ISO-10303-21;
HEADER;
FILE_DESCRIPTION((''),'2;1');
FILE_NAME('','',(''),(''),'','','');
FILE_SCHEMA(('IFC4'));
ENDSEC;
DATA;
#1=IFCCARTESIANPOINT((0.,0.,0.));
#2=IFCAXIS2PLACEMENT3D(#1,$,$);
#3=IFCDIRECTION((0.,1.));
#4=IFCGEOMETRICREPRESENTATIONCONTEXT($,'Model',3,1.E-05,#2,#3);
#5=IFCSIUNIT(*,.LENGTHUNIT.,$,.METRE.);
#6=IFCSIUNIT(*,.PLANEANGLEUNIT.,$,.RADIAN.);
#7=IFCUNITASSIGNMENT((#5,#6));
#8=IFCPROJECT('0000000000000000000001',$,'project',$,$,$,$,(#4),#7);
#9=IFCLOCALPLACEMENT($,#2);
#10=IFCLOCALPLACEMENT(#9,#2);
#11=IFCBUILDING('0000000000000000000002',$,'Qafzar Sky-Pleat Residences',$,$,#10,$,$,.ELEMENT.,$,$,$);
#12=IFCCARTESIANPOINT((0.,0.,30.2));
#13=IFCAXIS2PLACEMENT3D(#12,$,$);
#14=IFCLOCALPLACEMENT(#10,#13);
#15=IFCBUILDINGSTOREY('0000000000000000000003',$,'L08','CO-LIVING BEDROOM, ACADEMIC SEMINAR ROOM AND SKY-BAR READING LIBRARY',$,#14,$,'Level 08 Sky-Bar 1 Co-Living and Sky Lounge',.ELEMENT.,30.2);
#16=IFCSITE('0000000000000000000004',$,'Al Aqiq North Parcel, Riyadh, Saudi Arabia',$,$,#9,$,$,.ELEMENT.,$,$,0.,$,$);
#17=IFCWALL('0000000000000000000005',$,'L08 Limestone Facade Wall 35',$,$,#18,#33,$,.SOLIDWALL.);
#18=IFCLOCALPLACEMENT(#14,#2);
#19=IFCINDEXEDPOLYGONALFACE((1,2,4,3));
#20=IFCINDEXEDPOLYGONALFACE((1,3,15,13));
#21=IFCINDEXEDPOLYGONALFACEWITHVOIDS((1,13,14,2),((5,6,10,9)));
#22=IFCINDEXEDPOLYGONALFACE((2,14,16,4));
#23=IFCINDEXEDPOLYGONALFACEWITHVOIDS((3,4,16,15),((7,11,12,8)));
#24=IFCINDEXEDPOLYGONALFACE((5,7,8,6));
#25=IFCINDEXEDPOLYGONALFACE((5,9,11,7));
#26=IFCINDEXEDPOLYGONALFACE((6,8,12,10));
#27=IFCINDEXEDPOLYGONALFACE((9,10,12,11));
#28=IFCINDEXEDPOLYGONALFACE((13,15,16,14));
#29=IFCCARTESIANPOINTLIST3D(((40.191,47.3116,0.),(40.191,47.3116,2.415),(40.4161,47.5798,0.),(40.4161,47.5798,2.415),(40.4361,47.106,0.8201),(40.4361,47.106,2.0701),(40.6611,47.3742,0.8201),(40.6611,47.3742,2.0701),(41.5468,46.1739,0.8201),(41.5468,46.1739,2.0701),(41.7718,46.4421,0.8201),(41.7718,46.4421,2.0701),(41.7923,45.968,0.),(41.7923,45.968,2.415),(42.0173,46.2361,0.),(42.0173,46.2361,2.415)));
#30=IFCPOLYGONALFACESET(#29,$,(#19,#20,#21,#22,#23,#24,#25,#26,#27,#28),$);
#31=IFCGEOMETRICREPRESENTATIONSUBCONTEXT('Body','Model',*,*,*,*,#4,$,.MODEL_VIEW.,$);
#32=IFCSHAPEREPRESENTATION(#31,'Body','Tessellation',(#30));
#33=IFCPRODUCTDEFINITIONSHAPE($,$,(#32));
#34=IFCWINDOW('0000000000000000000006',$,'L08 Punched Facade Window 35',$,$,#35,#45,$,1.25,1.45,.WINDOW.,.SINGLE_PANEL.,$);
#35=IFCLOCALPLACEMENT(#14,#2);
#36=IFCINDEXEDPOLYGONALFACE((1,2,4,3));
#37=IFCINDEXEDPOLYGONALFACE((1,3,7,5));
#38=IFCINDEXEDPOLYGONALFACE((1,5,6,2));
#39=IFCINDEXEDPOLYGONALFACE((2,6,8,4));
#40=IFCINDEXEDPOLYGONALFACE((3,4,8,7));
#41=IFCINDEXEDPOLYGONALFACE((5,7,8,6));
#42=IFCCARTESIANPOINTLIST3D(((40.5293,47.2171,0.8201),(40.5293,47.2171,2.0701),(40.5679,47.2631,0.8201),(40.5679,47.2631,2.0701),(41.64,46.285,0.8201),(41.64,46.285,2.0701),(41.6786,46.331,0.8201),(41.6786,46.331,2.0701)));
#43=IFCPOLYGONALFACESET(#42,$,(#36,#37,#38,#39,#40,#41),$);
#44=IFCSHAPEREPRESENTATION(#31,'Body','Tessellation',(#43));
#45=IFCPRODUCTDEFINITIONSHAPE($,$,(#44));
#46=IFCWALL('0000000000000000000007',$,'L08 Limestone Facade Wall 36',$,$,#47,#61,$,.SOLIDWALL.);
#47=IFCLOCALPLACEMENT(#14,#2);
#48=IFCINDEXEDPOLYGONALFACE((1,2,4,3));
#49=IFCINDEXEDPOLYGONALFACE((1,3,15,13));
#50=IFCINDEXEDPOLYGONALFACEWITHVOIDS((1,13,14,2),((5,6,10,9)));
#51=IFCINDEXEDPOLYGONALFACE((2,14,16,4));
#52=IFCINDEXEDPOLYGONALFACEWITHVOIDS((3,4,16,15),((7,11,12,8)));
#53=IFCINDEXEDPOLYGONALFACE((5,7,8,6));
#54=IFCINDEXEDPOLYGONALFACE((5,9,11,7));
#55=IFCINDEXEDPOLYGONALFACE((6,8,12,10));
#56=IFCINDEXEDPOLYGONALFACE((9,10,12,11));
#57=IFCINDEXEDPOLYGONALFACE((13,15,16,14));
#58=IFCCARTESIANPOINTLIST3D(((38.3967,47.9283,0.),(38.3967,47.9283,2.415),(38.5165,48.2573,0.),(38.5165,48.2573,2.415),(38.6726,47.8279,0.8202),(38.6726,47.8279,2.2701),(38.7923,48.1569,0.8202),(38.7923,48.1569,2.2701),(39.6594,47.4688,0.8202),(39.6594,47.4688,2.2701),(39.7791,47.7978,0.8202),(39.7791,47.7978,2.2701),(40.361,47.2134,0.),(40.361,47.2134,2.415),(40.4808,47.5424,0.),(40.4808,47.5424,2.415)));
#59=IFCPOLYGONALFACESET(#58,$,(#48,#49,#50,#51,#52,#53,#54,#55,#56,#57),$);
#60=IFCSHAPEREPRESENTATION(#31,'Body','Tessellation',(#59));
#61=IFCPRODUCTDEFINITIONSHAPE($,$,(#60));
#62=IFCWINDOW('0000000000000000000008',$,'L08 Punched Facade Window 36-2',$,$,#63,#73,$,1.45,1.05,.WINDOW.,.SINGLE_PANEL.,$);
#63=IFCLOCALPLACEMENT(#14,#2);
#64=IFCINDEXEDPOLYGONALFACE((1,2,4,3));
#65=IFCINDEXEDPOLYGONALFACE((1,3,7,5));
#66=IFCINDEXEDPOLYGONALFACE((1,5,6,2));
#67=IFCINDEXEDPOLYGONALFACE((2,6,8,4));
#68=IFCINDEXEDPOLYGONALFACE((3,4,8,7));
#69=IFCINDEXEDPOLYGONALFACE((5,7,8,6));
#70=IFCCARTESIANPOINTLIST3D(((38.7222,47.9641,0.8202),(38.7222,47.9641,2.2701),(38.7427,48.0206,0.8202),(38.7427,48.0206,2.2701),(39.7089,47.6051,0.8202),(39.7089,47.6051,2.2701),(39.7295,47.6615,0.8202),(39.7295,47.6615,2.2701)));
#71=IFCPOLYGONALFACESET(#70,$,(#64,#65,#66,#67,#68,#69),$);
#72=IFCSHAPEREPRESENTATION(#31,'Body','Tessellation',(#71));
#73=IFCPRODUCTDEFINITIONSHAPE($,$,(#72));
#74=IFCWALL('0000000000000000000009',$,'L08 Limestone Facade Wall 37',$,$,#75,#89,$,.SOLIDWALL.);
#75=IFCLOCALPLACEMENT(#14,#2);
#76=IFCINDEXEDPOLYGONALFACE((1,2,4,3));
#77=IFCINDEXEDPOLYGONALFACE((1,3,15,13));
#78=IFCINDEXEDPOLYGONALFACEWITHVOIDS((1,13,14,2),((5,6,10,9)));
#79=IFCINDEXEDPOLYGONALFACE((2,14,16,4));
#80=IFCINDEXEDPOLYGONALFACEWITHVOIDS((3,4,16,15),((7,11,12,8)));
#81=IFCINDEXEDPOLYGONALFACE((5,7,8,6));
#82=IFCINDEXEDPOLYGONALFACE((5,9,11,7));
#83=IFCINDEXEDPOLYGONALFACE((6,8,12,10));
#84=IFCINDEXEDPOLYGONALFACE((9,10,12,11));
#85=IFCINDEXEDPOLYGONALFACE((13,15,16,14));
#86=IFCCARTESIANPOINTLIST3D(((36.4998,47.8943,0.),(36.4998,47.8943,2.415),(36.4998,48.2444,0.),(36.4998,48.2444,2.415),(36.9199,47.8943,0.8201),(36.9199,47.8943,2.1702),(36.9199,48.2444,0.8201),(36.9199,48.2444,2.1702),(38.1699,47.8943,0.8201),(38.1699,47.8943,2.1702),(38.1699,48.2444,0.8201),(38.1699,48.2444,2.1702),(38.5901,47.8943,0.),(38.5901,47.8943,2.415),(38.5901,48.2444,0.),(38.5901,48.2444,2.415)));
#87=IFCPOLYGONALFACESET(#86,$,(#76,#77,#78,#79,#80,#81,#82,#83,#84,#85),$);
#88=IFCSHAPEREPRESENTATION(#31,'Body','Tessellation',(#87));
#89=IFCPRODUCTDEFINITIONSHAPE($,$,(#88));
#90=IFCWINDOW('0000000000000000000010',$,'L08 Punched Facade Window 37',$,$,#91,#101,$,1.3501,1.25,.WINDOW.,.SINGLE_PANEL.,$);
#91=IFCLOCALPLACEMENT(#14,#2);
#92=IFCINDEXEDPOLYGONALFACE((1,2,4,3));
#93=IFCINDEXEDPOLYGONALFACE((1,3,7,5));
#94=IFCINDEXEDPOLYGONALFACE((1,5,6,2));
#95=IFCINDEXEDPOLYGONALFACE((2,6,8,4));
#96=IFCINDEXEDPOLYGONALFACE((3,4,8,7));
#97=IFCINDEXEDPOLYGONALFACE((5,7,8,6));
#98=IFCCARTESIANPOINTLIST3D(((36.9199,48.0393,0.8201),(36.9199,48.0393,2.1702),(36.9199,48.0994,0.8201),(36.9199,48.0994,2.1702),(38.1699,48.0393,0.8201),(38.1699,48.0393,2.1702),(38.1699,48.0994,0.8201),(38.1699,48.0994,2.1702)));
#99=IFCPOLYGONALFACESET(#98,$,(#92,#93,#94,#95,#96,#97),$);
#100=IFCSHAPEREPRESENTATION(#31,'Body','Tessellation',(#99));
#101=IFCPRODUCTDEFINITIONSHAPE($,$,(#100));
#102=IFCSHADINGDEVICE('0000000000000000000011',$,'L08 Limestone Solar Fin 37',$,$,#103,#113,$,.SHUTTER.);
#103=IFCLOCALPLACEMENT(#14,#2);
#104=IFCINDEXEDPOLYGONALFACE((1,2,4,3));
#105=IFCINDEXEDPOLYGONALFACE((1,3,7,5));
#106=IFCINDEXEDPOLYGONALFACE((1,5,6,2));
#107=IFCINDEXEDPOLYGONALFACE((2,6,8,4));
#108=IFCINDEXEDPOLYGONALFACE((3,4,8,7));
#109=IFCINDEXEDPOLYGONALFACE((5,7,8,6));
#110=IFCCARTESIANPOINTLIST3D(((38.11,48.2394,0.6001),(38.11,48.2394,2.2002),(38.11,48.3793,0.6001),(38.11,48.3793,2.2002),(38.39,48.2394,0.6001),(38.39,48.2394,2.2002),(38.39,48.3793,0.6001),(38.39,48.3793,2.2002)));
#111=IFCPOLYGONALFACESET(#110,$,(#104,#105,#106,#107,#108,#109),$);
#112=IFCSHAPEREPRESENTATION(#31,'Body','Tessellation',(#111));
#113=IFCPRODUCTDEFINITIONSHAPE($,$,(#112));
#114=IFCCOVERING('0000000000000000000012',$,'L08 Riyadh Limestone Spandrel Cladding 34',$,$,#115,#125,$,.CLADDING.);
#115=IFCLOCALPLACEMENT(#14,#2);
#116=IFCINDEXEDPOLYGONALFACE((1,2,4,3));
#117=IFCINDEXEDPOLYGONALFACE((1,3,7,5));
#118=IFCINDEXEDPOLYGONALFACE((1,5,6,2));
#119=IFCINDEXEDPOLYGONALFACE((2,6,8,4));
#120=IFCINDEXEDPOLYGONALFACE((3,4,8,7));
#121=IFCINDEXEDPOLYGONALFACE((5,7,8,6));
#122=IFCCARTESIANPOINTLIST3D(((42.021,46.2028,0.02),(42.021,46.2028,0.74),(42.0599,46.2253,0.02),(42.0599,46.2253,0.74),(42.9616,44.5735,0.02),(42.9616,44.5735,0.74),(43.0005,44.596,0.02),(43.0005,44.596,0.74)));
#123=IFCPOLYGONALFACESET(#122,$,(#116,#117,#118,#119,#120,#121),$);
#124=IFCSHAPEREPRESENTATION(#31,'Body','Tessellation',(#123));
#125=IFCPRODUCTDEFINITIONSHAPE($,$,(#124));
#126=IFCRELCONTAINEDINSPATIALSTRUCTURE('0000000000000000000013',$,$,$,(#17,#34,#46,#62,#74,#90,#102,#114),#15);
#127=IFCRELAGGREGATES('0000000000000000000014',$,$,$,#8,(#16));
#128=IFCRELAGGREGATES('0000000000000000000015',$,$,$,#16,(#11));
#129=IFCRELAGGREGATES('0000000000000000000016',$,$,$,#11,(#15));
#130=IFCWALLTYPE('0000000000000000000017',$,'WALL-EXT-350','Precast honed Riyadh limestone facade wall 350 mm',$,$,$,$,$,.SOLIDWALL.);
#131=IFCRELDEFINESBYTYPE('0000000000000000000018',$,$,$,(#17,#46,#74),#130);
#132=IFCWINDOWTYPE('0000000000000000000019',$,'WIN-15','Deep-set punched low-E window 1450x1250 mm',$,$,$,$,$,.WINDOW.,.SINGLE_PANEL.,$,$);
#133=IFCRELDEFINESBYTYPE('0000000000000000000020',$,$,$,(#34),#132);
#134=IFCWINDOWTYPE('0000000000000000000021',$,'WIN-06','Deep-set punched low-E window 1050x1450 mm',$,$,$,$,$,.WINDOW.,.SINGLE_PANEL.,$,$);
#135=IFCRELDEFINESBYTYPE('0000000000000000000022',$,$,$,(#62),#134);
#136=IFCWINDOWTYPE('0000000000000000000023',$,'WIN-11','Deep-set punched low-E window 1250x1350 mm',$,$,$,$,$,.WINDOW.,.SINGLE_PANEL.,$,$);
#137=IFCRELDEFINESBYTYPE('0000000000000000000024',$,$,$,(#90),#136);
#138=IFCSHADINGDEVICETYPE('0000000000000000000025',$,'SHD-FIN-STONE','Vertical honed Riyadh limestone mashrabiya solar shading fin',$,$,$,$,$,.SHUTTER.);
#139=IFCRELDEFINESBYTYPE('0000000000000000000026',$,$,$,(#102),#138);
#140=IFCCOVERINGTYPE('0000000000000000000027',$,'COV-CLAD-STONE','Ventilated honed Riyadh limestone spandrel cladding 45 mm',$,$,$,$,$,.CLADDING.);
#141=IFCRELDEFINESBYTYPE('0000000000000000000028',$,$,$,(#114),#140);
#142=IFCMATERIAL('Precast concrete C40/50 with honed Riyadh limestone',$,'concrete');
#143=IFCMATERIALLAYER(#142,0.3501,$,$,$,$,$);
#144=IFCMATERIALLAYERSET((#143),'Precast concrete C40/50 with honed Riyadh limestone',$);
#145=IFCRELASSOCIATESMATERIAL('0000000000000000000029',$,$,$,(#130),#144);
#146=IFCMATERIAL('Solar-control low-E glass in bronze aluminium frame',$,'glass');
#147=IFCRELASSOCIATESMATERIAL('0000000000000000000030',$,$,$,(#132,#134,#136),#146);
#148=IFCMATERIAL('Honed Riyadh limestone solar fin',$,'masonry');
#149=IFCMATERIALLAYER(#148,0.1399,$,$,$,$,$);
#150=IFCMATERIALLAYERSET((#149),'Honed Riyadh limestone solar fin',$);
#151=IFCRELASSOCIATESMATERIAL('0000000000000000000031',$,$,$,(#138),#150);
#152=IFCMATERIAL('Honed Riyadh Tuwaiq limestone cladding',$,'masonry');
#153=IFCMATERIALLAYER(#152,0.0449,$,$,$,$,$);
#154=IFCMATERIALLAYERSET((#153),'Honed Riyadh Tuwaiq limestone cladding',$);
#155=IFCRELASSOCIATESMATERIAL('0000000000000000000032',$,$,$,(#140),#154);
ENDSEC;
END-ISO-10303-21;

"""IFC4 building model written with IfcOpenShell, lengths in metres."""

from ifc_helpers import new_model, si_unit, direction, frame, frame_2d, origin, origin_2d, place, context, subcontext, project, spatial, rectangle, extrude, source, transform, mapped, material, layer, layer_set, type_object, element, fill, save


model = new_model("IFC4")

# Units and contexts
model_context = context("Model", 3, precision=1e-05, world=origin(), true_north=direction((0.0, 1.0)))
body_context = subcontext(model_context, "Body", "Model", "MODEL_VIEW")
ifc_project = project(units=[si_unit("LENGTHUNIT", "METRE"), si_unit("PLANEANGLEUNIT", "RADIAN")], contexts=[model_context])

# Site, building, storey
site_placement = place(None, origin())
site = spatial("IfcSite", under=ifc_project, at=site_placement, Name="Al Aqiq North Parcel, Riyadh, Saudi Arabia", CompositionType="ELEMENT", RefElevation=0.0)
building_placement = place(site_placement, origin())
building = spatial("IfcBuilding", under=site, at=building_placement, Name="Qafzar Sky-Pleat Residences", CompositionType="ELEMENT")
storey_placement = place(building_placement, frame((0.0, 0.0, 30.2)))
storey = spatial("IfcBuildingStorey", under=building, at=storey_placement, Name="L08", Description="CO-LIVING BEDROOM, ACADEMIC SEMINAR ROOM AND SKY-BAR READING LIBRARY", LongName="Level 08 Sky-Bar 1 Co-Living and Sky Lounge", CompositionType="ELEMENT", Elevation=30.2)

# Walls, openings, windows
ifc_material_1 = material(Name="Precast concrete C40/50 with honed Riyadh limestone", Category="concrete")
ifc_layer_1 = layer(ifc_material_1, 0.3501)
ifc_layer_set_1 = layer_set([ifc_layer_1], Name="Precast concrete C40/50 with honed Riyadh limestone")
wall_type_1 = type_object("IfcWallType", Name="WALL-EXT-350", Description="Precast honed Riyadh limestone facade wall 350 mm", PredefinedType="SOLIDWALL", material=ifc_layer_set_1)
ifc_material_2 = material(Name="Solar-control low-E glass in bronze aluminium frame", Category="glass")
window_type_1 = type_object("IfcWindowType", Name="WIN-15", Description="Deep-set punched low-E window 1450x1250 mm", PartitioningType="SINGLE_PANEL", PredefinedType="WINDOW", material=ifc_material_2)
shared_shape_1 = source(origin(), body_context, "Body", "SweptSolid", [
    extrude(rectangle(XDim=1.45, YDim=1.25, at=frame_2d((0.7251, 0.625))), frame((0.0, 0.03, 0.0), z_axis=(0.0, -1.0, 0.0), x_axis=(1.0, 0.0, 0.0)), (0.0, 0.0, 1.0), 0.0601),
])
wall_1_placement = place(storey_placement, frame((41.9048, 46.1021, 0.0), z_axis=(0.0, 0.0, 1.0), x_axis=(-0.766025, 0.642811, 0.0)))
wall_1 = element("IfcWall", 1, at=wall_1_placement, inside=storey, type_object=wall_type_1, Name="L08 Limestone Facade Wall 35", PredefinedType="SOLIDWALL", context=body_context, shape_type="SweptSolid", body=[
    extrude(rectangle(XDim=2.0903, YDim=0.3501, at=frame_2d((1.0452, 0.0))), origin(), (0.0, 0.0, 1.0), 2.415),
])
opening_1_placement = place(wall_1_placement, frame((0.3203, 0.0, 0.8201)))
opening_1 = element("IfcOpeningElement", 2, at=opening_1_placement, cuts=wall_1, PredefinedType="OPENING", context=body_context, shape_type="SweptSolid", body=[
    extrude(rectangle(XDim=1.45, YDim=1.25, at=frame_2d((0.7251, 0.625))), frame((0.0, 0.1851, 0.0), z_axis=(0.0, -1.0, 0.0), x_axis=(1.0, 0.0, 0.0)), (0.0, 0.0, 1.0), 0.3701),
])
window_1_placement = place(opening_1_placement, origin())
window_1 = element("IfcWindow", 3, at=window_1_placement, inside=storey, type_object=window_type_1, Name="L08 Punched Facade Window 35", OverallHeight=1.25, OverallWidth=1.45, PartitioningType="SINGLE_PANEL", PredefinedType="WINDOW", context=body_context, shape_type="MappedRepresentation", body=[
    mapped(shared_shape_1, transform((0.0, 0.0, 0.0), x_axis=(1.0, 0.0, 0.0), y_axis=(0.0, 1.0, 0.0), z_axis=(0.0, 0.0, 1.0), scale=1.0)),
])
fill(opening_1, window_1)
wall_2_placement = place(storey_placement, frame((40.4209, 47.3779, 0.0), z_axis=(0.0, 0.0, 1.0), x_axis=(-0.939712, 0.341968, 0.0)))
wall_2 = element("IfcWall", 4, at=wall_2_placement, inside=storey, type_object=wall_type_1, Name="L08 Limestone Facade Wall 36", PredefinedType="SOLIDWALL", context=body_context, shape_type="SweptSolid", body=[
    extrude(rectangle(XDim=2.0903, YDim=0.3501, at=frame_2d((1.0452, 0.0))), origin(), (0.0, 0.0, 1.0), 2.415),
])
opening_2_placement = place(wall_2_placement, frame((0.7468, 0.0, 0.8201)))
opening_2 = element("IfcOpeningElement", 5, at=opening_2_placement, cuts=wall_2, PredefinedType="OPENING", context=body_context, shape_type="SweptSolid", body=[
    extrude(rectangle(XDim=1.05, YDim=1.45, at=frame_2d((0.5249, 0.7251))), frame((0.0, 0.1851, 0.0), z_axis=(0.0, -1.0, 0.0), x_axis=(1.0, 0.0, 0.0)), (0.0, 0.0, 1.0), 0.3701),
])
window_type_2 = type_object("IfcWindowType", Name="WIN-06", Description="Deep-set punched low-E window 1050x1450 mm", PartitioningType="SINGLE_PANEL", PredefinedType="WINDOW", material=ifc_material_2)
shared_shape_2 = source(origin(), body_context, "Body", "SweptSolid", [
    extrude(rectangle(XDim=1.05, YDim=1.45, at=frame_2d((0.5249, 0.7251))), frame((0.0, 0.03, 0.0), z_axis=(0.0, -1.0, 0.0), x_axis=(1.0, 0.0, 0.0)), (0.0, 0.0, 1.0), 0.0601),
])
window_2_placement = place(opening_2_placement, origin())
window_2 = element("IfcWindow", 6, at=window_2_placement, inside=storey, type_object=window_type_2, Name="L08 Punched Facade Window 36-2", OverallHeight=1.45, OverallWidth=1.05, PartitioningType="SINGLE_PANEL", PredefinedType="WINDOW", context=body_context, shape_type="MappedRepresentation", body=[
    mapped(shared_shape_2, transform((0.0, 0.0, 0.0), x_axis=(1.0, 0.0, 0.0), y_axis=(0.0, 1.0, 0.0), z_axis=(0.0, 0.0, 1.0), scale=1.0)),
])
fill(opening_2, window_2)
wall_3_placement = place(storey_placement, frame((38.5901, 48.0693, 0.0), z_axis=(0.0, 0.0, 1.0), x_axis=(-1.0, 0.0, 0.0)))
wall_3 = element("IfcWall", 7, at=wall_3_placement, inside=storey, type_object=wall_type_1, Name="L08 Limestone Facade Wall 37", PredefinedType="SOLIDWALL", context=body_context, shape_type="SweptSolid", body=[
    extrude(rectangle(XDim=2.0903, YDim=0.3501, at=frame_2d((1.0452, 0.0))), origin(), (0.0, 0.0, 1.0), 2.415),
])
opening_3_placement = place(wall_3_placement, frame((0.4202, 0.0, 0.8201)))
opening_3 = element("IfcOpeningElement", 8, at=opening_3_placement, cuts=wall_3, PredefinedType="OPENING", context=body_context, shape_type="SweptSolid", body=[
    extrude(rectangle(XDim=1.25, YDim=1.3501, at=frame_2d((0.625, 0.675))), frame((0.0, 0.1851, 0.0), z_axis=(0.0, -1.0, 0.0), x_axis=(1.0, 0.0, 0.0)), (0.0, 0.0, 1.0), 0.3701),
])
window_type_3 = type_object("IfcWindowType", Name="WIN-11", Description="Deep-set punched low-E window 1250x1350 mm", PartitioningType="SINGLE_PANEL", PredefinedType="WINDOW", material=ifc_material_2)
shared_shape_3 = source(origin(), body_context, "Body", "SweptSolid", [
    extrude(rectangle(XDim=1.25, YDim=1.3501, at=frame_2d((0.625, 0.675))), frame((0.0, 0.03, 0.0), z_axis=(0.0, -1.0, 0.0), x_axis=(1.0, 0.0, 0.0)), (0.0, 0.0, 1.0), 0.0601),
])
window_3_placement = place(opening_3_placement, origin())
window_3 = element("IfcWindow", 9, at=window_3_placement, inside=storey, type_object=window_type_3, Name="L08 Punched Facade Window 37", OverallHeight=1.3501, OverallWidth=1.25, PartitioningType="SINGLE_PANEL", PredefinedType="WINDOW", context=body_context, shape_type="MappedRepresentation", body=[
    mapped(shared_shape_3, transform((0.0, 0.0, 0.0), x_axis=(1.0, 0.0, 0.0), y_axis=(0.0, 1.0, 0.0), z_axis=(0.0, 0.0, 1.0), scale=1.0)),
])
fill(opening_3, window_3)

# Shading device
ifc_material_3 = material(Name="Honed Riyadh limestone solar fin", Category="masonry")
ifc_layer_2 = layer(ifc_material_3, 0.1399)
ifc_layer_set_2 = layer_set([ifc_layer_2], Name="Honed Riyadh limestone solar fin")
shading_device_type = type_object("IfcShadingDeviceType", Name="SHD-FIN-STONE", Description="Vertical honed Riyadh limestone mashrabiya solar shading fin", PredefinedType="SHUTTER", material=ifc_layer_set_2)
shared_shape_4 = source(origin(), body_context, "Body", "SweptSolid", [
    extrude(rectangle(XDim=0.1399, YDim=0.28, at=origin_2d()), origin(), (0.0, 0.0, 1.0), 1.6001),
])
shading_device_placement = place(storey_placement, frame((38.25, 48.3093, 0.6001), z_axis=(0.0, 0.0, 1.0), x_axis=(0.0, 1.0, 0.0)))
element("IfcShadingDevice", 10, at=shading_device_placement, inside=storey, type_object=shading_device_type, Name="L08 Limestone Solar Fin 37", PredefinedType="SHUTTER", context=body_context, shape_type="MappedRepresentation", body=[
    mapped(shared_shape_4, transform((0.0, 0.0, 0.0), x_axis=(1.0, 0.0, 0.0), y_axis=(0.0, 1.0, 0.0), z_axis=(0.0, 0.0, 1.0), scale=1.0)),
])

# Covering
ifc_material_4 = material(Name="Honed Riyadh Tuwaiq limestone cladding", Category="masonry")
ifc_layer_3 = layer(ifc_material_4, 0.0449)
ifc_layer_set_3 = layer_set([ifc_layer_3], Name="Honed Riyadh Tuwaiq limestone cladding")
covering_type = type_object("IfcCoveringType", Name="COV-CLAD-STONE", Description="Ventilated honed Riyadh limestone spandrel cladding 45 mm", PredefinedType="CLADDING", material=ifc_layer_set_3)
shared_shape_5 = source(origin(), body_context, "Body", "SweptSolid", [
    extrude(rectangle(XDim=1.8813, YDim=0.0449, at=origin_2d()), origin(), (0.0, 0.0, 1.0), 0.72),
])
covering_placement = place(storey_placement, frame((42.5107, 45.3994, 0.02), z_axis=(0.0, 0.0, 1.0), x_axis=(-0.499972, 0.866041, 0.0)))
element("IfcCovering", 11, at=covering_placement, inside=storey, type_object=covering_type, Name="L08 Riyadh Limestone Spandrel Cladding 34", PredefinedType="CLADDING", context=body_context, shape_type="MappedRepresentation", body=[
    mapped(shared_shape_5, transform((0.0, 0.0, 0.0), x_axis=(1.0, 0.0, 0.0), y_axis=(0.0, 1.0, 0.0), z_axis=(0.0, 0.0, 1.0), scale=1.0)),
])

save(model, "model.ifc")
